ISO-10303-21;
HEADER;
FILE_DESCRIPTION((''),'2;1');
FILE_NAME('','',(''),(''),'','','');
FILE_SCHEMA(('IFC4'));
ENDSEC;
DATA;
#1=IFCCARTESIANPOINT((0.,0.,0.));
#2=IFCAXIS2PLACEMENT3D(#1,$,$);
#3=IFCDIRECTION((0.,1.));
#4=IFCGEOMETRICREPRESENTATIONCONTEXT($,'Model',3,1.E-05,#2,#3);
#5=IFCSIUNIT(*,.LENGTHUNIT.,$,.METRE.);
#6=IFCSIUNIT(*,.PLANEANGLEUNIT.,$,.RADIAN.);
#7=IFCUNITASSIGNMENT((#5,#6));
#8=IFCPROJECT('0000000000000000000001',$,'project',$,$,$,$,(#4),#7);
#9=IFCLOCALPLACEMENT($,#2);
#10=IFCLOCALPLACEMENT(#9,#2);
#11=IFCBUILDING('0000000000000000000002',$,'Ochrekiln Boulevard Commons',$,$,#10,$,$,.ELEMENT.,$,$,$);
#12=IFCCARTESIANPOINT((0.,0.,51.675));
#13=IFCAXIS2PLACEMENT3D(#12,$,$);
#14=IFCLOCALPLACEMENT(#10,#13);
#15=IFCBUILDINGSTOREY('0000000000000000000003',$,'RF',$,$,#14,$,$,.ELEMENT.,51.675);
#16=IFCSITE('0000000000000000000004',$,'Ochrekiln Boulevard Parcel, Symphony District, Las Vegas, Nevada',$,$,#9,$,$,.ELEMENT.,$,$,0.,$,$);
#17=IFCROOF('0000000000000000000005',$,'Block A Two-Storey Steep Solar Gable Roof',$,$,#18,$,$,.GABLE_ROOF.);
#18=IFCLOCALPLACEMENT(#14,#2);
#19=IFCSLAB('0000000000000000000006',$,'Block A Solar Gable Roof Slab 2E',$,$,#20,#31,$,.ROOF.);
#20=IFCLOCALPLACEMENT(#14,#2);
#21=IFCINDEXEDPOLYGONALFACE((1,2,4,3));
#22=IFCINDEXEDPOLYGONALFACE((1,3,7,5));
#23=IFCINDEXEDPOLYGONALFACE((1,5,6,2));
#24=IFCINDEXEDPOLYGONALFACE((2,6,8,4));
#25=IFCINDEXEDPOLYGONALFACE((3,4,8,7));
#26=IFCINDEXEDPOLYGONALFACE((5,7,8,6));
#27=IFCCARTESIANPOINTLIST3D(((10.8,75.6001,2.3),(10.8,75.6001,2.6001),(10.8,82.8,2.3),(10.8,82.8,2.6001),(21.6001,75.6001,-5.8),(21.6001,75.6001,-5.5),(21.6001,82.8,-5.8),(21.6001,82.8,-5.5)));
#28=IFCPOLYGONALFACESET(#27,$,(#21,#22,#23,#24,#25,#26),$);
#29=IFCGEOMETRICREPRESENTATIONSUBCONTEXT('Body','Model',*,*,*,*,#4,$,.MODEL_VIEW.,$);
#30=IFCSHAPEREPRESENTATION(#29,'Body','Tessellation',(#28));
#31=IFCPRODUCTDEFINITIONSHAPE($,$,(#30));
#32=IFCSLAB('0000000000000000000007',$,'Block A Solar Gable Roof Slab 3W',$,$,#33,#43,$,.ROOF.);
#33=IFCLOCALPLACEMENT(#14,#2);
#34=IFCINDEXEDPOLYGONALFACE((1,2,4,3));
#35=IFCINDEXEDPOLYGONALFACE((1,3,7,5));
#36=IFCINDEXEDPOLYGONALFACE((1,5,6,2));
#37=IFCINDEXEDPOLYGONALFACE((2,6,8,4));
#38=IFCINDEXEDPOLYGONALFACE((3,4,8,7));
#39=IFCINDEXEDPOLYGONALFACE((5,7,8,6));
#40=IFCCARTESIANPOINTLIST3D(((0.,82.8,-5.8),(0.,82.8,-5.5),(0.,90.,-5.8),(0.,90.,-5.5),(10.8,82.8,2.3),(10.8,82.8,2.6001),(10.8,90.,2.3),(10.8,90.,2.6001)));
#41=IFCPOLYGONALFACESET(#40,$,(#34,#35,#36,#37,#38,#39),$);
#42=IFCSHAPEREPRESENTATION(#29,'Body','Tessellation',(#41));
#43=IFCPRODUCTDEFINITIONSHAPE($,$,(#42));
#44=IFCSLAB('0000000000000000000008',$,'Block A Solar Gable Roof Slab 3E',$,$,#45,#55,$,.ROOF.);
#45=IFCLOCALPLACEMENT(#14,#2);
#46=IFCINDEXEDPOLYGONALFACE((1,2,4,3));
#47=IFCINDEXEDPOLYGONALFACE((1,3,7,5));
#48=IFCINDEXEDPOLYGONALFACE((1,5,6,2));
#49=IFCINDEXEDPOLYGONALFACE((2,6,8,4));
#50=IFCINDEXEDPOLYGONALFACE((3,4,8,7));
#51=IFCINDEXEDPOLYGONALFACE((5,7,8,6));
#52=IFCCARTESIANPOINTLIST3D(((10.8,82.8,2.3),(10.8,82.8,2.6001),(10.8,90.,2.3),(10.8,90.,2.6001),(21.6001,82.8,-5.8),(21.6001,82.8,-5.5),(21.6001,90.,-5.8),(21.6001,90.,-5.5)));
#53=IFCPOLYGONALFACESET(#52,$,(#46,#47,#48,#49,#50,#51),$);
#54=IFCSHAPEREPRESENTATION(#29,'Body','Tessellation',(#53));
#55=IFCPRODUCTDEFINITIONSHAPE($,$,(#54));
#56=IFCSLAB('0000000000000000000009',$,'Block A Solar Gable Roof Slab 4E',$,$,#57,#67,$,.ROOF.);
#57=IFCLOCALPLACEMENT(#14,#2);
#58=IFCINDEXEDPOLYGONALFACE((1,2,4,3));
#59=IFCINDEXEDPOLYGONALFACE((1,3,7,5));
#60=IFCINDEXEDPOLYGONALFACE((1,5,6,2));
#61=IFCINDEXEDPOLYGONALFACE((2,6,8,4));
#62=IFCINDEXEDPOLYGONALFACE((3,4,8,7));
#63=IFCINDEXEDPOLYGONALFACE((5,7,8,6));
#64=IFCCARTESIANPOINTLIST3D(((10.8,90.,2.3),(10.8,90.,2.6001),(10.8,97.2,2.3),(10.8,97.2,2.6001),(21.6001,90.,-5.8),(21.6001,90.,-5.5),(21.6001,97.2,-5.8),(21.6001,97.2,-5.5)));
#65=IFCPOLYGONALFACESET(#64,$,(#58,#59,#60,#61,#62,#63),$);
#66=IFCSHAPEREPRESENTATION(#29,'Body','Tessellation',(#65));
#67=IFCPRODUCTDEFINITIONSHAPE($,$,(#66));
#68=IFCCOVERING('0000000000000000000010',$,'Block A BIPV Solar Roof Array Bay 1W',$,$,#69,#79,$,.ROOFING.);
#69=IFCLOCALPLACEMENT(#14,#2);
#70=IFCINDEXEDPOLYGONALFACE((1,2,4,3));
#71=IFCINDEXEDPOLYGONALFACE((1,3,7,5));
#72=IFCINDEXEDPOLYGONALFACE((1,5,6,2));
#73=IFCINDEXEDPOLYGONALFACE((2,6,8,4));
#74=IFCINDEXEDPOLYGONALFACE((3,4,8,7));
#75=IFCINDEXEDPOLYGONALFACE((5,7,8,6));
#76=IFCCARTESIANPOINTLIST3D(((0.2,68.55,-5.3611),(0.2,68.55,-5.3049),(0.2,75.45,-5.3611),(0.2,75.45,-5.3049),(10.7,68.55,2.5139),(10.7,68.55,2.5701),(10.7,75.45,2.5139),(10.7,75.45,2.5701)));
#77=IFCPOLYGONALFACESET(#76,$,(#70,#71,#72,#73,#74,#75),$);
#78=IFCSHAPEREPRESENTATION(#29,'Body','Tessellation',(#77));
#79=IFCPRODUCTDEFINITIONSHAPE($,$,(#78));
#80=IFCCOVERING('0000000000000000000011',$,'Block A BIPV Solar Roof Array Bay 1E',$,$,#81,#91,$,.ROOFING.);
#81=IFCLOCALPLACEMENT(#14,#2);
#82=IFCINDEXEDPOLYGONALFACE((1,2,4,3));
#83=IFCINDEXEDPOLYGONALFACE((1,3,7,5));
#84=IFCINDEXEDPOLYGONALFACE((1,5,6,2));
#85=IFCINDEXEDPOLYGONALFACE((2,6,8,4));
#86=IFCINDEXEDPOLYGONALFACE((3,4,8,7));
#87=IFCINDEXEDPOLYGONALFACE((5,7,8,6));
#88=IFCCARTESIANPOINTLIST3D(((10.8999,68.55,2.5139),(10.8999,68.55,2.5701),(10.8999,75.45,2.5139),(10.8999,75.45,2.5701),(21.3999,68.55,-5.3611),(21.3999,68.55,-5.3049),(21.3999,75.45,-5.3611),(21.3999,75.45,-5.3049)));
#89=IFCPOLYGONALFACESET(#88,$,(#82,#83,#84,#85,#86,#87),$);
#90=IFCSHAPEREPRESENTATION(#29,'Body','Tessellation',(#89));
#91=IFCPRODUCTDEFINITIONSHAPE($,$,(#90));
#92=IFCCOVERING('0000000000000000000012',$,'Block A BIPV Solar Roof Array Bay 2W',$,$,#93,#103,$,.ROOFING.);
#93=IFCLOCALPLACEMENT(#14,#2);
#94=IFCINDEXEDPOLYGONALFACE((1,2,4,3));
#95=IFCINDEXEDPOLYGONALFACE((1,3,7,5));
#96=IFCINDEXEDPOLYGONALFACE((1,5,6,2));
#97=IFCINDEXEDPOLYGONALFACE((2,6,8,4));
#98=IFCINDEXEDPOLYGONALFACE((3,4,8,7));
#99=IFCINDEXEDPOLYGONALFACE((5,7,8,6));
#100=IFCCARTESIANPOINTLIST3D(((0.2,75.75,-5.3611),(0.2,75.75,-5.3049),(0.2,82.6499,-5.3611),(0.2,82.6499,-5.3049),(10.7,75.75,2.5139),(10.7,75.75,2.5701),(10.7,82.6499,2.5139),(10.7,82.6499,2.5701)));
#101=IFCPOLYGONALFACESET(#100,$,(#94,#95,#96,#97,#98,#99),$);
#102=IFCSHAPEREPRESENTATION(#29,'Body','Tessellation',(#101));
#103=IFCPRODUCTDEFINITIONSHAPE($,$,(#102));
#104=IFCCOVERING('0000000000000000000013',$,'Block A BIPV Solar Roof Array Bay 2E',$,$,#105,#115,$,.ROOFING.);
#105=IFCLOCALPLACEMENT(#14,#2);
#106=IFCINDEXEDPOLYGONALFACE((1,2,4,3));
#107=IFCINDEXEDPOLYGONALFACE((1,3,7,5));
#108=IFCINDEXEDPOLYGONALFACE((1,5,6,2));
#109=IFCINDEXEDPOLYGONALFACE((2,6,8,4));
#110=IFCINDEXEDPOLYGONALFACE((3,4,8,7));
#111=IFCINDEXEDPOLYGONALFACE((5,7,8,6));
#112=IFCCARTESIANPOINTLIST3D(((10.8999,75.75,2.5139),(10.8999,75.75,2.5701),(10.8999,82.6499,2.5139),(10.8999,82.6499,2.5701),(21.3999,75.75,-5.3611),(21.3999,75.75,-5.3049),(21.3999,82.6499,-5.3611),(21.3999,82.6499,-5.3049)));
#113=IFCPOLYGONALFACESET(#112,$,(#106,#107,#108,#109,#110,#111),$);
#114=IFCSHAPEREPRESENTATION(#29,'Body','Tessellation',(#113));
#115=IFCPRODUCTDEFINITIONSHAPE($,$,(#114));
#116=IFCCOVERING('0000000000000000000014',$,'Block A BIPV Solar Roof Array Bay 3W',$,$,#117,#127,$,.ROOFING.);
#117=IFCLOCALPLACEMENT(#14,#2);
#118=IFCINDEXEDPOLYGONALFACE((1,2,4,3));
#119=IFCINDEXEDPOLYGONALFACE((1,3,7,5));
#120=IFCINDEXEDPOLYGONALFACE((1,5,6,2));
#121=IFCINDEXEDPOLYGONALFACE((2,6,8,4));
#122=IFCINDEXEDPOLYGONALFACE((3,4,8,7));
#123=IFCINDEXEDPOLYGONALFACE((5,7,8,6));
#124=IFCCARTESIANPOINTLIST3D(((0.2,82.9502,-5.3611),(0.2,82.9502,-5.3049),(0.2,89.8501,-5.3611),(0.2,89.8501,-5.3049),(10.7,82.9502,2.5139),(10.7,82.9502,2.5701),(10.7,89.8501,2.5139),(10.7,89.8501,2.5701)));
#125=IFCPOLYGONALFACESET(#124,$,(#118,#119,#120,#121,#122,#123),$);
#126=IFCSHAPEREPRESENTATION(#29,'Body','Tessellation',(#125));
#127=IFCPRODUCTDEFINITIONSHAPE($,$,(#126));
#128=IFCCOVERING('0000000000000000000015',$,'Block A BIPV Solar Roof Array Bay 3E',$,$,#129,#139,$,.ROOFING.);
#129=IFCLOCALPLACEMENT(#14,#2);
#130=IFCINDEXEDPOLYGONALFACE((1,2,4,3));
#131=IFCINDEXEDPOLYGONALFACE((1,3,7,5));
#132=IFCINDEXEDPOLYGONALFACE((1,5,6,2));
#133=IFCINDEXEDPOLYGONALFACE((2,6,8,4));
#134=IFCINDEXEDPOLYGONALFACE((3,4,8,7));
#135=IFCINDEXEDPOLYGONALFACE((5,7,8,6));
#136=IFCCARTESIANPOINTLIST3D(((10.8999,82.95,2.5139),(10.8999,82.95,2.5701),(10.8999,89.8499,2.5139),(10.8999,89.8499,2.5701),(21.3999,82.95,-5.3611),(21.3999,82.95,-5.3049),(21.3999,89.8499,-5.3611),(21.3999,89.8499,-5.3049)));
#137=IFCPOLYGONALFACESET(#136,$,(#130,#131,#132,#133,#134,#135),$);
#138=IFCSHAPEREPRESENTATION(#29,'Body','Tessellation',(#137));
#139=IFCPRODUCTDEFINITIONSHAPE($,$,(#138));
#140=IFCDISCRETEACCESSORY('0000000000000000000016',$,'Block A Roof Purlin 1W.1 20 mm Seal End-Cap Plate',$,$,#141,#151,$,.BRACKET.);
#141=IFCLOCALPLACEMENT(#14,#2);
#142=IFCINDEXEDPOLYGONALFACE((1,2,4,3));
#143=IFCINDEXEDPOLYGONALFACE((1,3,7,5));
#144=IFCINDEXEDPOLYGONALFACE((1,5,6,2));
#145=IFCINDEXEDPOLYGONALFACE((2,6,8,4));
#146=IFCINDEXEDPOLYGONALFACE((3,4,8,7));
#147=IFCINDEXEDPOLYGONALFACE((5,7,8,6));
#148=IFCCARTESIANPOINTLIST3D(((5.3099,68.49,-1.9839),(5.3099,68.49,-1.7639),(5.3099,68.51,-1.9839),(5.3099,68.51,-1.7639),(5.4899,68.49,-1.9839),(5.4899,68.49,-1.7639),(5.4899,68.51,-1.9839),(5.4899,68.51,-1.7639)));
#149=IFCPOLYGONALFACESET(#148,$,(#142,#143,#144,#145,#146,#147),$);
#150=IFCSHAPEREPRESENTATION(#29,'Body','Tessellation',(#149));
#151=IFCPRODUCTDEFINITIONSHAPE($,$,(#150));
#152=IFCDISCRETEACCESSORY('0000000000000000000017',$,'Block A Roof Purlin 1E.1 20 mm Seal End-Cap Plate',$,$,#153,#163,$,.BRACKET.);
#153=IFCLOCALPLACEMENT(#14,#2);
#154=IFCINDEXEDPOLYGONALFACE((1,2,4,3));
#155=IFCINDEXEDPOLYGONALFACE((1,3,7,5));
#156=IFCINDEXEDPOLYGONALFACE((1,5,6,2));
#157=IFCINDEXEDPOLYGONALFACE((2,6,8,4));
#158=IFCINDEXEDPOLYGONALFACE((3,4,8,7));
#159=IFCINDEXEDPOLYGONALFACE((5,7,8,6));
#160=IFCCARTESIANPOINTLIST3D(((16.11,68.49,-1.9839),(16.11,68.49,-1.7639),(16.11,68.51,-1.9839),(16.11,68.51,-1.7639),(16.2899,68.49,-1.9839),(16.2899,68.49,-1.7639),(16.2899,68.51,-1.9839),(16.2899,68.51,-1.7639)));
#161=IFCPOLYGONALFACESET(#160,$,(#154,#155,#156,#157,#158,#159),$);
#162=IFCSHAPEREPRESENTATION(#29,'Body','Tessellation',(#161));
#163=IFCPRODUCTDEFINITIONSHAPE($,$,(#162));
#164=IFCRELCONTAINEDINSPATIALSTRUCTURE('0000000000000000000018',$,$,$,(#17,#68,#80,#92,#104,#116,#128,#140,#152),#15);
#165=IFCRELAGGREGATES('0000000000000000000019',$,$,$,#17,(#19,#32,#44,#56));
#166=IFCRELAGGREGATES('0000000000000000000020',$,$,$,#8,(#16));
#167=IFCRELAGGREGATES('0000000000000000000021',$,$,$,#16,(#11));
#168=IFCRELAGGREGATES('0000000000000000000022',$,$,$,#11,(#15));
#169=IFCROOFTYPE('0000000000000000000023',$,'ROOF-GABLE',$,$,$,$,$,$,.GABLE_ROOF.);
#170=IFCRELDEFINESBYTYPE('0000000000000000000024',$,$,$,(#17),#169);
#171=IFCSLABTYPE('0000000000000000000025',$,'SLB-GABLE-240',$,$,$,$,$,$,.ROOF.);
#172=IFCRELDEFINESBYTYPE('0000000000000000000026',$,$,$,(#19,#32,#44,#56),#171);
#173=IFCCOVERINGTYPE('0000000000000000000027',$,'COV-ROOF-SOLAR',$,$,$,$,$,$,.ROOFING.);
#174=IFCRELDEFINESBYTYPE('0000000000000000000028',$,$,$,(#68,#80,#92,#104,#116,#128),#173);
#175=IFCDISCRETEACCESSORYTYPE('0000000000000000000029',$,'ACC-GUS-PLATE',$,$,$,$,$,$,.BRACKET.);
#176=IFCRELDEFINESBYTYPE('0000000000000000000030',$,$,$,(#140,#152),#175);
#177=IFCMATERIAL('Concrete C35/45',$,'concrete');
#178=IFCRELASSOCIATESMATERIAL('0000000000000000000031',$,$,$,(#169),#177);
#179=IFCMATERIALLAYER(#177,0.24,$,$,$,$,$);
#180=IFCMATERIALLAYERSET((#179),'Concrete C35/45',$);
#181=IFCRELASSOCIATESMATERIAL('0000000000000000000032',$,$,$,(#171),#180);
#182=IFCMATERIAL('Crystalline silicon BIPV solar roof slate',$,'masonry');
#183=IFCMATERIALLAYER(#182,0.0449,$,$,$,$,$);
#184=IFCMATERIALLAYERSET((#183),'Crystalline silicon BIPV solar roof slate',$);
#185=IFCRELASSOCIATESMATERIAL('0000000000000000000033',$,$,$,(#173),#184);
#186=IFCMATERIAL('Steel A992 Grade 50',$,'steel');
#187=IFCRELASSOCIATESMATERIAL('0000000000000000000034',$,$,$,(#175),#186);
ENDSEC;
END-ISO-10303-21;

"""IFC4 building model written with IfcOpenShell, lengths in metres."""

from ifc_helpers import new_model, si_unit, direction, frame, origin, origin_2d, place, context, subcontext, project, spatial, polyline, rectangle, outline, extrude, material, layer, layer_set, type_object, element, aggregate, save


model = new_model("IFC4")

# Units and contexts
model_context = context("Model", 3, precision=1e-05, world=origin(), true_north=direction((0.0, 1.0)))
body_context = subcontext(model_context, "Body", "Model", "MODEL_VIEW")
ifc_project = project(units=[si_unit("LENGTHUNIT", "METRE"), si_unit("PLANEANGLEUNIT", "RADIAN")], contexts=[model_context])

# Site, building, storey
site_placement = place(None, origin())
site = spatial("IfcSite", under=ifc_project, at=site_placement, Name="Ochrekiln Boulevard Parcel, Symphony District, Las Vegas, Nevada", CompositionType="ELEMENT", RefElevation=0.0)
building_placement = place(site_placement, origin())
building = spatial("IfcBuilding", under=site, at=building_placement, Name="Ochrekiln Boulevard Commons", CompositionType="ELEMENT")
storey_placement = place(building_placement, frame((0.0, 0.0, 51.675)))
storey = spatial("IfcBuildingStorey", under=building, at=storey_placement, Name="RF", CompositionType="ELEMENT", Elevation=51.675)

# Shared definitions
ifc_material_1 = material(Name="Steel A992 Grade 50", Category="steel")

# Roof, slabs
ifc_material_2 = material(Name="Concrete C35/45", Category="concrete")
roof_type = type_object("IfcRoofType", Name="ROOF-GABLE", PredefinedType="GABLE_ROOF", material=ifc_material_2)
roof_placement = place(storey_placement, origin())
roof = element("IfcRoof", 1, at=roof_placement, inside=storey, type_object=roof_type, Name="Block A Two-Storey Steep Solar Gable Roof", PredefinedType="GABLE_ROOF")
ifc_layer_1 = layer(ifc_material_2, 0.24)
ifc_layer_set_1 = layer_set([ifc_layer_1], Name="Concrete C35/45")
slab_type = type_object("IfcSlabType", Name="SLB-GABLE-240", PredefinedType="ROOF", material=ifc_layer_set_1)
slab_1_placement = place(storey_placement, frame((21.6001, 75.6001, -5.5), z_axis=(0.0, 1.0, 0.0), x_axis=(-1.0, 0.0, 0.0)))
slab_1 = element("IfcSlab", 2, at=slab_1_placement, type_object=slab_type, Name="Block A Solar Gable Roof Slab 2E", PredefinedType="ROOF", context=body_context, shape_type="SweptSolid", body=[
    extrude(outline(polyline([(0.0, 0.0), (10.8, 8.1001), (10.8, 7.8), (0.0, -0.3), (0.0, 0.0)])), origin(), (0.0, 0.0, 1.0), 7.2),
])
slab_2_placement = place(storey_placement, frame((0.0, 90.0, -5.5), z_axis=(0.0, -1.0, 0.0), x_axis=(1.0, 0.0, 0.0)))
slab_2 = element("IfcSlab", 3, at=slab_2_placement, type_object=slab_type, Name="Block A Solar Gable Roof Slab 3W", PredefinedType="ROOF", context=body_context, shape_type="SweptSolid", body=[
    extrude(outline(polyline([(0.0, 0.0), (10.8, 8.1001), (10.8, 7.8), (0.0, -0.3), (0.0, 0.0)])), origin(), (0.0, 0.0, 1.0), 7.2),
])
slab_3_placement = place(storey_placement, frame((21.6001, 82.8, -5.5), z_axis=(0.0, 1.0, 0.0), x_axis=(-1.0, 0.0, 0.0)))
slab_3 = element("IfcSlab", 4, at=slab_3_placement, type_object=slab_type, Name="Block A Solar Gable Roof Slab 3E", PredefinedType="ROOF", context=body_context, shape_type="SweptSolid", body=[
    extrude(outline(polyline([(0.0, 0.0), (10.8, 8.1001), (10.8, 7.8), (0.0, -0.3), (0.0, 0.0)])), origin(), (0.0, 0.0, 1.0), 7.2),
])
slab_4_placement = place(storey_placement, frame((21.6001, 90.0, -5.5), z_axis=(0.0, 1.0, 0.0), x_axis=(-1.0, 0.0, 0.0)))
slab_4 = element("IfcSlab", 5, at=slab_4_placement, type_object=slab_type, Name="Block A Solar Gable Roof Slab 4E", PredefinedType="ROOF", context=body_context, shape_type="SweptSolid", body=[
    extrude(outline(polyline([(0.0, 0.0), (10.8, 8.1001), (10.8, 7.8), (0.0, -0.3), (0.0, 0.0)])), origin(), (0.0, 0.0, 1.0), 7.2),
])
aggregate(roof, [slab_1, slab_2, slab_3, slab_4])

# Coverings
ifc_material_3 = material(Name="Crystalline silicon BIPV solar roof slate", Category="masonry")
ifc_layer_2 = layer(ifc_material_3, 0.0449)
ifc_layer_set_2 = layer_set([ifc_layer_2], Name="Crystalline silicon BIPV solar roof slate")
covering_type = type_object("IfcCoveringType", Name="COV-ROOF-SOLAR", PredefinedType="ROOFING", material=ifc_layer_set_2)
for number, where, z_axis, x_axis, name in (
    (6, (0.2, 75.45, -5.3049), (0.0, -1.0, 0.0), (1.0, 0.0, 0.0), "Block A BIPV Solar Roof Array Bay 1W"),
    (7, (21.3999, 68.55, -5.3049), (0.0, 1.0, 0.0), (-1.0, 0.0, 0.0), "Block A BIPV Solar Roof Array Bay 1E"),
    (8, (0.2, 82.6499, -5.3049), (0.0, -1.0, 0.0), (1.0, 0.0, 0.0), "Block A BIPV Solar Roof Array Bay 2W"),
    (9, (21.3999, 75.75, -5.3049), (0.0, 1.0, 0.0), (-1.0, 0.0, 0.0), "Block A BIPV Solar Roof Array Bay 2E"),
    (10, (0.2, 89.8501, -5.3049), (0.0, -1.0, 0.0), (1.0, 0.0, 0.0), "Block A BIPV Solar Roof Array Bay 3W"),
    (11, (21.3999, 82.95, -5.3049), (0.0, 1.0, 0.0), (-1.0, 0.0, 0.0), "Block A BIPV Solar Roof Array Bay 3E"),
):
    element("IfcCovering", number, at=place(storey_placement, frame(where, z_axis=z_axis, x_axis=x_axis)), inside=storey, type_object=covering_type, Name=name, PredefinedType="ROOFING", context=body_context, shape_type="SweptSolid", body=[
        extrude(outline(polyline([(0.0, 0.0), (10.5, 7.875), (10.5, 7.8188), (0.0, -0.0562), (0.0, 0.0)])), origin(), (0.0, 0.0, 1.0), 6.8999),
    ])

# Discrete accessories
discrete_accessory_type = type_object("IfcDiscreteAccessoryType", Name="ACC-GUS-PLATE", PredefinedType="BRACKET", material=ifc_material_1)
for number, where, z_axis, x_axis, name in (
    (12, (5.3999, 68.5, -1.9839), (0.0, 0.0, 1.0), (1.0, 0.0, 0.0), "Block A Roof Purlin 1W.1 20 mm Seal End-Cap Plate"),
    (13, (16.2, 68.5, -1.9839), (0.0, 0.0, 1.0), (1.0, 0.0, 0.0), "Block A Roof Purlin 1E.1 20 mm Seal End-Cap Plate"),
):
    element("IfcDiscreteAccessory", number, at=place(storey_placement, frame(where, z_axis=z_axis, x_axis=x_axis)), inside=storey, type_object=discrete_accessory_type, Name=name, PredefinedType="BRACKET", context=body_context, shape_type="SweptSolid", body=[
        extrude(rectangle(XDim=0.1799, YDim=0.02, at=origin_2d()), origin(), (0.0, 0.0, 1.0), 0.22),
    ])

save(model, "model.ifc")
